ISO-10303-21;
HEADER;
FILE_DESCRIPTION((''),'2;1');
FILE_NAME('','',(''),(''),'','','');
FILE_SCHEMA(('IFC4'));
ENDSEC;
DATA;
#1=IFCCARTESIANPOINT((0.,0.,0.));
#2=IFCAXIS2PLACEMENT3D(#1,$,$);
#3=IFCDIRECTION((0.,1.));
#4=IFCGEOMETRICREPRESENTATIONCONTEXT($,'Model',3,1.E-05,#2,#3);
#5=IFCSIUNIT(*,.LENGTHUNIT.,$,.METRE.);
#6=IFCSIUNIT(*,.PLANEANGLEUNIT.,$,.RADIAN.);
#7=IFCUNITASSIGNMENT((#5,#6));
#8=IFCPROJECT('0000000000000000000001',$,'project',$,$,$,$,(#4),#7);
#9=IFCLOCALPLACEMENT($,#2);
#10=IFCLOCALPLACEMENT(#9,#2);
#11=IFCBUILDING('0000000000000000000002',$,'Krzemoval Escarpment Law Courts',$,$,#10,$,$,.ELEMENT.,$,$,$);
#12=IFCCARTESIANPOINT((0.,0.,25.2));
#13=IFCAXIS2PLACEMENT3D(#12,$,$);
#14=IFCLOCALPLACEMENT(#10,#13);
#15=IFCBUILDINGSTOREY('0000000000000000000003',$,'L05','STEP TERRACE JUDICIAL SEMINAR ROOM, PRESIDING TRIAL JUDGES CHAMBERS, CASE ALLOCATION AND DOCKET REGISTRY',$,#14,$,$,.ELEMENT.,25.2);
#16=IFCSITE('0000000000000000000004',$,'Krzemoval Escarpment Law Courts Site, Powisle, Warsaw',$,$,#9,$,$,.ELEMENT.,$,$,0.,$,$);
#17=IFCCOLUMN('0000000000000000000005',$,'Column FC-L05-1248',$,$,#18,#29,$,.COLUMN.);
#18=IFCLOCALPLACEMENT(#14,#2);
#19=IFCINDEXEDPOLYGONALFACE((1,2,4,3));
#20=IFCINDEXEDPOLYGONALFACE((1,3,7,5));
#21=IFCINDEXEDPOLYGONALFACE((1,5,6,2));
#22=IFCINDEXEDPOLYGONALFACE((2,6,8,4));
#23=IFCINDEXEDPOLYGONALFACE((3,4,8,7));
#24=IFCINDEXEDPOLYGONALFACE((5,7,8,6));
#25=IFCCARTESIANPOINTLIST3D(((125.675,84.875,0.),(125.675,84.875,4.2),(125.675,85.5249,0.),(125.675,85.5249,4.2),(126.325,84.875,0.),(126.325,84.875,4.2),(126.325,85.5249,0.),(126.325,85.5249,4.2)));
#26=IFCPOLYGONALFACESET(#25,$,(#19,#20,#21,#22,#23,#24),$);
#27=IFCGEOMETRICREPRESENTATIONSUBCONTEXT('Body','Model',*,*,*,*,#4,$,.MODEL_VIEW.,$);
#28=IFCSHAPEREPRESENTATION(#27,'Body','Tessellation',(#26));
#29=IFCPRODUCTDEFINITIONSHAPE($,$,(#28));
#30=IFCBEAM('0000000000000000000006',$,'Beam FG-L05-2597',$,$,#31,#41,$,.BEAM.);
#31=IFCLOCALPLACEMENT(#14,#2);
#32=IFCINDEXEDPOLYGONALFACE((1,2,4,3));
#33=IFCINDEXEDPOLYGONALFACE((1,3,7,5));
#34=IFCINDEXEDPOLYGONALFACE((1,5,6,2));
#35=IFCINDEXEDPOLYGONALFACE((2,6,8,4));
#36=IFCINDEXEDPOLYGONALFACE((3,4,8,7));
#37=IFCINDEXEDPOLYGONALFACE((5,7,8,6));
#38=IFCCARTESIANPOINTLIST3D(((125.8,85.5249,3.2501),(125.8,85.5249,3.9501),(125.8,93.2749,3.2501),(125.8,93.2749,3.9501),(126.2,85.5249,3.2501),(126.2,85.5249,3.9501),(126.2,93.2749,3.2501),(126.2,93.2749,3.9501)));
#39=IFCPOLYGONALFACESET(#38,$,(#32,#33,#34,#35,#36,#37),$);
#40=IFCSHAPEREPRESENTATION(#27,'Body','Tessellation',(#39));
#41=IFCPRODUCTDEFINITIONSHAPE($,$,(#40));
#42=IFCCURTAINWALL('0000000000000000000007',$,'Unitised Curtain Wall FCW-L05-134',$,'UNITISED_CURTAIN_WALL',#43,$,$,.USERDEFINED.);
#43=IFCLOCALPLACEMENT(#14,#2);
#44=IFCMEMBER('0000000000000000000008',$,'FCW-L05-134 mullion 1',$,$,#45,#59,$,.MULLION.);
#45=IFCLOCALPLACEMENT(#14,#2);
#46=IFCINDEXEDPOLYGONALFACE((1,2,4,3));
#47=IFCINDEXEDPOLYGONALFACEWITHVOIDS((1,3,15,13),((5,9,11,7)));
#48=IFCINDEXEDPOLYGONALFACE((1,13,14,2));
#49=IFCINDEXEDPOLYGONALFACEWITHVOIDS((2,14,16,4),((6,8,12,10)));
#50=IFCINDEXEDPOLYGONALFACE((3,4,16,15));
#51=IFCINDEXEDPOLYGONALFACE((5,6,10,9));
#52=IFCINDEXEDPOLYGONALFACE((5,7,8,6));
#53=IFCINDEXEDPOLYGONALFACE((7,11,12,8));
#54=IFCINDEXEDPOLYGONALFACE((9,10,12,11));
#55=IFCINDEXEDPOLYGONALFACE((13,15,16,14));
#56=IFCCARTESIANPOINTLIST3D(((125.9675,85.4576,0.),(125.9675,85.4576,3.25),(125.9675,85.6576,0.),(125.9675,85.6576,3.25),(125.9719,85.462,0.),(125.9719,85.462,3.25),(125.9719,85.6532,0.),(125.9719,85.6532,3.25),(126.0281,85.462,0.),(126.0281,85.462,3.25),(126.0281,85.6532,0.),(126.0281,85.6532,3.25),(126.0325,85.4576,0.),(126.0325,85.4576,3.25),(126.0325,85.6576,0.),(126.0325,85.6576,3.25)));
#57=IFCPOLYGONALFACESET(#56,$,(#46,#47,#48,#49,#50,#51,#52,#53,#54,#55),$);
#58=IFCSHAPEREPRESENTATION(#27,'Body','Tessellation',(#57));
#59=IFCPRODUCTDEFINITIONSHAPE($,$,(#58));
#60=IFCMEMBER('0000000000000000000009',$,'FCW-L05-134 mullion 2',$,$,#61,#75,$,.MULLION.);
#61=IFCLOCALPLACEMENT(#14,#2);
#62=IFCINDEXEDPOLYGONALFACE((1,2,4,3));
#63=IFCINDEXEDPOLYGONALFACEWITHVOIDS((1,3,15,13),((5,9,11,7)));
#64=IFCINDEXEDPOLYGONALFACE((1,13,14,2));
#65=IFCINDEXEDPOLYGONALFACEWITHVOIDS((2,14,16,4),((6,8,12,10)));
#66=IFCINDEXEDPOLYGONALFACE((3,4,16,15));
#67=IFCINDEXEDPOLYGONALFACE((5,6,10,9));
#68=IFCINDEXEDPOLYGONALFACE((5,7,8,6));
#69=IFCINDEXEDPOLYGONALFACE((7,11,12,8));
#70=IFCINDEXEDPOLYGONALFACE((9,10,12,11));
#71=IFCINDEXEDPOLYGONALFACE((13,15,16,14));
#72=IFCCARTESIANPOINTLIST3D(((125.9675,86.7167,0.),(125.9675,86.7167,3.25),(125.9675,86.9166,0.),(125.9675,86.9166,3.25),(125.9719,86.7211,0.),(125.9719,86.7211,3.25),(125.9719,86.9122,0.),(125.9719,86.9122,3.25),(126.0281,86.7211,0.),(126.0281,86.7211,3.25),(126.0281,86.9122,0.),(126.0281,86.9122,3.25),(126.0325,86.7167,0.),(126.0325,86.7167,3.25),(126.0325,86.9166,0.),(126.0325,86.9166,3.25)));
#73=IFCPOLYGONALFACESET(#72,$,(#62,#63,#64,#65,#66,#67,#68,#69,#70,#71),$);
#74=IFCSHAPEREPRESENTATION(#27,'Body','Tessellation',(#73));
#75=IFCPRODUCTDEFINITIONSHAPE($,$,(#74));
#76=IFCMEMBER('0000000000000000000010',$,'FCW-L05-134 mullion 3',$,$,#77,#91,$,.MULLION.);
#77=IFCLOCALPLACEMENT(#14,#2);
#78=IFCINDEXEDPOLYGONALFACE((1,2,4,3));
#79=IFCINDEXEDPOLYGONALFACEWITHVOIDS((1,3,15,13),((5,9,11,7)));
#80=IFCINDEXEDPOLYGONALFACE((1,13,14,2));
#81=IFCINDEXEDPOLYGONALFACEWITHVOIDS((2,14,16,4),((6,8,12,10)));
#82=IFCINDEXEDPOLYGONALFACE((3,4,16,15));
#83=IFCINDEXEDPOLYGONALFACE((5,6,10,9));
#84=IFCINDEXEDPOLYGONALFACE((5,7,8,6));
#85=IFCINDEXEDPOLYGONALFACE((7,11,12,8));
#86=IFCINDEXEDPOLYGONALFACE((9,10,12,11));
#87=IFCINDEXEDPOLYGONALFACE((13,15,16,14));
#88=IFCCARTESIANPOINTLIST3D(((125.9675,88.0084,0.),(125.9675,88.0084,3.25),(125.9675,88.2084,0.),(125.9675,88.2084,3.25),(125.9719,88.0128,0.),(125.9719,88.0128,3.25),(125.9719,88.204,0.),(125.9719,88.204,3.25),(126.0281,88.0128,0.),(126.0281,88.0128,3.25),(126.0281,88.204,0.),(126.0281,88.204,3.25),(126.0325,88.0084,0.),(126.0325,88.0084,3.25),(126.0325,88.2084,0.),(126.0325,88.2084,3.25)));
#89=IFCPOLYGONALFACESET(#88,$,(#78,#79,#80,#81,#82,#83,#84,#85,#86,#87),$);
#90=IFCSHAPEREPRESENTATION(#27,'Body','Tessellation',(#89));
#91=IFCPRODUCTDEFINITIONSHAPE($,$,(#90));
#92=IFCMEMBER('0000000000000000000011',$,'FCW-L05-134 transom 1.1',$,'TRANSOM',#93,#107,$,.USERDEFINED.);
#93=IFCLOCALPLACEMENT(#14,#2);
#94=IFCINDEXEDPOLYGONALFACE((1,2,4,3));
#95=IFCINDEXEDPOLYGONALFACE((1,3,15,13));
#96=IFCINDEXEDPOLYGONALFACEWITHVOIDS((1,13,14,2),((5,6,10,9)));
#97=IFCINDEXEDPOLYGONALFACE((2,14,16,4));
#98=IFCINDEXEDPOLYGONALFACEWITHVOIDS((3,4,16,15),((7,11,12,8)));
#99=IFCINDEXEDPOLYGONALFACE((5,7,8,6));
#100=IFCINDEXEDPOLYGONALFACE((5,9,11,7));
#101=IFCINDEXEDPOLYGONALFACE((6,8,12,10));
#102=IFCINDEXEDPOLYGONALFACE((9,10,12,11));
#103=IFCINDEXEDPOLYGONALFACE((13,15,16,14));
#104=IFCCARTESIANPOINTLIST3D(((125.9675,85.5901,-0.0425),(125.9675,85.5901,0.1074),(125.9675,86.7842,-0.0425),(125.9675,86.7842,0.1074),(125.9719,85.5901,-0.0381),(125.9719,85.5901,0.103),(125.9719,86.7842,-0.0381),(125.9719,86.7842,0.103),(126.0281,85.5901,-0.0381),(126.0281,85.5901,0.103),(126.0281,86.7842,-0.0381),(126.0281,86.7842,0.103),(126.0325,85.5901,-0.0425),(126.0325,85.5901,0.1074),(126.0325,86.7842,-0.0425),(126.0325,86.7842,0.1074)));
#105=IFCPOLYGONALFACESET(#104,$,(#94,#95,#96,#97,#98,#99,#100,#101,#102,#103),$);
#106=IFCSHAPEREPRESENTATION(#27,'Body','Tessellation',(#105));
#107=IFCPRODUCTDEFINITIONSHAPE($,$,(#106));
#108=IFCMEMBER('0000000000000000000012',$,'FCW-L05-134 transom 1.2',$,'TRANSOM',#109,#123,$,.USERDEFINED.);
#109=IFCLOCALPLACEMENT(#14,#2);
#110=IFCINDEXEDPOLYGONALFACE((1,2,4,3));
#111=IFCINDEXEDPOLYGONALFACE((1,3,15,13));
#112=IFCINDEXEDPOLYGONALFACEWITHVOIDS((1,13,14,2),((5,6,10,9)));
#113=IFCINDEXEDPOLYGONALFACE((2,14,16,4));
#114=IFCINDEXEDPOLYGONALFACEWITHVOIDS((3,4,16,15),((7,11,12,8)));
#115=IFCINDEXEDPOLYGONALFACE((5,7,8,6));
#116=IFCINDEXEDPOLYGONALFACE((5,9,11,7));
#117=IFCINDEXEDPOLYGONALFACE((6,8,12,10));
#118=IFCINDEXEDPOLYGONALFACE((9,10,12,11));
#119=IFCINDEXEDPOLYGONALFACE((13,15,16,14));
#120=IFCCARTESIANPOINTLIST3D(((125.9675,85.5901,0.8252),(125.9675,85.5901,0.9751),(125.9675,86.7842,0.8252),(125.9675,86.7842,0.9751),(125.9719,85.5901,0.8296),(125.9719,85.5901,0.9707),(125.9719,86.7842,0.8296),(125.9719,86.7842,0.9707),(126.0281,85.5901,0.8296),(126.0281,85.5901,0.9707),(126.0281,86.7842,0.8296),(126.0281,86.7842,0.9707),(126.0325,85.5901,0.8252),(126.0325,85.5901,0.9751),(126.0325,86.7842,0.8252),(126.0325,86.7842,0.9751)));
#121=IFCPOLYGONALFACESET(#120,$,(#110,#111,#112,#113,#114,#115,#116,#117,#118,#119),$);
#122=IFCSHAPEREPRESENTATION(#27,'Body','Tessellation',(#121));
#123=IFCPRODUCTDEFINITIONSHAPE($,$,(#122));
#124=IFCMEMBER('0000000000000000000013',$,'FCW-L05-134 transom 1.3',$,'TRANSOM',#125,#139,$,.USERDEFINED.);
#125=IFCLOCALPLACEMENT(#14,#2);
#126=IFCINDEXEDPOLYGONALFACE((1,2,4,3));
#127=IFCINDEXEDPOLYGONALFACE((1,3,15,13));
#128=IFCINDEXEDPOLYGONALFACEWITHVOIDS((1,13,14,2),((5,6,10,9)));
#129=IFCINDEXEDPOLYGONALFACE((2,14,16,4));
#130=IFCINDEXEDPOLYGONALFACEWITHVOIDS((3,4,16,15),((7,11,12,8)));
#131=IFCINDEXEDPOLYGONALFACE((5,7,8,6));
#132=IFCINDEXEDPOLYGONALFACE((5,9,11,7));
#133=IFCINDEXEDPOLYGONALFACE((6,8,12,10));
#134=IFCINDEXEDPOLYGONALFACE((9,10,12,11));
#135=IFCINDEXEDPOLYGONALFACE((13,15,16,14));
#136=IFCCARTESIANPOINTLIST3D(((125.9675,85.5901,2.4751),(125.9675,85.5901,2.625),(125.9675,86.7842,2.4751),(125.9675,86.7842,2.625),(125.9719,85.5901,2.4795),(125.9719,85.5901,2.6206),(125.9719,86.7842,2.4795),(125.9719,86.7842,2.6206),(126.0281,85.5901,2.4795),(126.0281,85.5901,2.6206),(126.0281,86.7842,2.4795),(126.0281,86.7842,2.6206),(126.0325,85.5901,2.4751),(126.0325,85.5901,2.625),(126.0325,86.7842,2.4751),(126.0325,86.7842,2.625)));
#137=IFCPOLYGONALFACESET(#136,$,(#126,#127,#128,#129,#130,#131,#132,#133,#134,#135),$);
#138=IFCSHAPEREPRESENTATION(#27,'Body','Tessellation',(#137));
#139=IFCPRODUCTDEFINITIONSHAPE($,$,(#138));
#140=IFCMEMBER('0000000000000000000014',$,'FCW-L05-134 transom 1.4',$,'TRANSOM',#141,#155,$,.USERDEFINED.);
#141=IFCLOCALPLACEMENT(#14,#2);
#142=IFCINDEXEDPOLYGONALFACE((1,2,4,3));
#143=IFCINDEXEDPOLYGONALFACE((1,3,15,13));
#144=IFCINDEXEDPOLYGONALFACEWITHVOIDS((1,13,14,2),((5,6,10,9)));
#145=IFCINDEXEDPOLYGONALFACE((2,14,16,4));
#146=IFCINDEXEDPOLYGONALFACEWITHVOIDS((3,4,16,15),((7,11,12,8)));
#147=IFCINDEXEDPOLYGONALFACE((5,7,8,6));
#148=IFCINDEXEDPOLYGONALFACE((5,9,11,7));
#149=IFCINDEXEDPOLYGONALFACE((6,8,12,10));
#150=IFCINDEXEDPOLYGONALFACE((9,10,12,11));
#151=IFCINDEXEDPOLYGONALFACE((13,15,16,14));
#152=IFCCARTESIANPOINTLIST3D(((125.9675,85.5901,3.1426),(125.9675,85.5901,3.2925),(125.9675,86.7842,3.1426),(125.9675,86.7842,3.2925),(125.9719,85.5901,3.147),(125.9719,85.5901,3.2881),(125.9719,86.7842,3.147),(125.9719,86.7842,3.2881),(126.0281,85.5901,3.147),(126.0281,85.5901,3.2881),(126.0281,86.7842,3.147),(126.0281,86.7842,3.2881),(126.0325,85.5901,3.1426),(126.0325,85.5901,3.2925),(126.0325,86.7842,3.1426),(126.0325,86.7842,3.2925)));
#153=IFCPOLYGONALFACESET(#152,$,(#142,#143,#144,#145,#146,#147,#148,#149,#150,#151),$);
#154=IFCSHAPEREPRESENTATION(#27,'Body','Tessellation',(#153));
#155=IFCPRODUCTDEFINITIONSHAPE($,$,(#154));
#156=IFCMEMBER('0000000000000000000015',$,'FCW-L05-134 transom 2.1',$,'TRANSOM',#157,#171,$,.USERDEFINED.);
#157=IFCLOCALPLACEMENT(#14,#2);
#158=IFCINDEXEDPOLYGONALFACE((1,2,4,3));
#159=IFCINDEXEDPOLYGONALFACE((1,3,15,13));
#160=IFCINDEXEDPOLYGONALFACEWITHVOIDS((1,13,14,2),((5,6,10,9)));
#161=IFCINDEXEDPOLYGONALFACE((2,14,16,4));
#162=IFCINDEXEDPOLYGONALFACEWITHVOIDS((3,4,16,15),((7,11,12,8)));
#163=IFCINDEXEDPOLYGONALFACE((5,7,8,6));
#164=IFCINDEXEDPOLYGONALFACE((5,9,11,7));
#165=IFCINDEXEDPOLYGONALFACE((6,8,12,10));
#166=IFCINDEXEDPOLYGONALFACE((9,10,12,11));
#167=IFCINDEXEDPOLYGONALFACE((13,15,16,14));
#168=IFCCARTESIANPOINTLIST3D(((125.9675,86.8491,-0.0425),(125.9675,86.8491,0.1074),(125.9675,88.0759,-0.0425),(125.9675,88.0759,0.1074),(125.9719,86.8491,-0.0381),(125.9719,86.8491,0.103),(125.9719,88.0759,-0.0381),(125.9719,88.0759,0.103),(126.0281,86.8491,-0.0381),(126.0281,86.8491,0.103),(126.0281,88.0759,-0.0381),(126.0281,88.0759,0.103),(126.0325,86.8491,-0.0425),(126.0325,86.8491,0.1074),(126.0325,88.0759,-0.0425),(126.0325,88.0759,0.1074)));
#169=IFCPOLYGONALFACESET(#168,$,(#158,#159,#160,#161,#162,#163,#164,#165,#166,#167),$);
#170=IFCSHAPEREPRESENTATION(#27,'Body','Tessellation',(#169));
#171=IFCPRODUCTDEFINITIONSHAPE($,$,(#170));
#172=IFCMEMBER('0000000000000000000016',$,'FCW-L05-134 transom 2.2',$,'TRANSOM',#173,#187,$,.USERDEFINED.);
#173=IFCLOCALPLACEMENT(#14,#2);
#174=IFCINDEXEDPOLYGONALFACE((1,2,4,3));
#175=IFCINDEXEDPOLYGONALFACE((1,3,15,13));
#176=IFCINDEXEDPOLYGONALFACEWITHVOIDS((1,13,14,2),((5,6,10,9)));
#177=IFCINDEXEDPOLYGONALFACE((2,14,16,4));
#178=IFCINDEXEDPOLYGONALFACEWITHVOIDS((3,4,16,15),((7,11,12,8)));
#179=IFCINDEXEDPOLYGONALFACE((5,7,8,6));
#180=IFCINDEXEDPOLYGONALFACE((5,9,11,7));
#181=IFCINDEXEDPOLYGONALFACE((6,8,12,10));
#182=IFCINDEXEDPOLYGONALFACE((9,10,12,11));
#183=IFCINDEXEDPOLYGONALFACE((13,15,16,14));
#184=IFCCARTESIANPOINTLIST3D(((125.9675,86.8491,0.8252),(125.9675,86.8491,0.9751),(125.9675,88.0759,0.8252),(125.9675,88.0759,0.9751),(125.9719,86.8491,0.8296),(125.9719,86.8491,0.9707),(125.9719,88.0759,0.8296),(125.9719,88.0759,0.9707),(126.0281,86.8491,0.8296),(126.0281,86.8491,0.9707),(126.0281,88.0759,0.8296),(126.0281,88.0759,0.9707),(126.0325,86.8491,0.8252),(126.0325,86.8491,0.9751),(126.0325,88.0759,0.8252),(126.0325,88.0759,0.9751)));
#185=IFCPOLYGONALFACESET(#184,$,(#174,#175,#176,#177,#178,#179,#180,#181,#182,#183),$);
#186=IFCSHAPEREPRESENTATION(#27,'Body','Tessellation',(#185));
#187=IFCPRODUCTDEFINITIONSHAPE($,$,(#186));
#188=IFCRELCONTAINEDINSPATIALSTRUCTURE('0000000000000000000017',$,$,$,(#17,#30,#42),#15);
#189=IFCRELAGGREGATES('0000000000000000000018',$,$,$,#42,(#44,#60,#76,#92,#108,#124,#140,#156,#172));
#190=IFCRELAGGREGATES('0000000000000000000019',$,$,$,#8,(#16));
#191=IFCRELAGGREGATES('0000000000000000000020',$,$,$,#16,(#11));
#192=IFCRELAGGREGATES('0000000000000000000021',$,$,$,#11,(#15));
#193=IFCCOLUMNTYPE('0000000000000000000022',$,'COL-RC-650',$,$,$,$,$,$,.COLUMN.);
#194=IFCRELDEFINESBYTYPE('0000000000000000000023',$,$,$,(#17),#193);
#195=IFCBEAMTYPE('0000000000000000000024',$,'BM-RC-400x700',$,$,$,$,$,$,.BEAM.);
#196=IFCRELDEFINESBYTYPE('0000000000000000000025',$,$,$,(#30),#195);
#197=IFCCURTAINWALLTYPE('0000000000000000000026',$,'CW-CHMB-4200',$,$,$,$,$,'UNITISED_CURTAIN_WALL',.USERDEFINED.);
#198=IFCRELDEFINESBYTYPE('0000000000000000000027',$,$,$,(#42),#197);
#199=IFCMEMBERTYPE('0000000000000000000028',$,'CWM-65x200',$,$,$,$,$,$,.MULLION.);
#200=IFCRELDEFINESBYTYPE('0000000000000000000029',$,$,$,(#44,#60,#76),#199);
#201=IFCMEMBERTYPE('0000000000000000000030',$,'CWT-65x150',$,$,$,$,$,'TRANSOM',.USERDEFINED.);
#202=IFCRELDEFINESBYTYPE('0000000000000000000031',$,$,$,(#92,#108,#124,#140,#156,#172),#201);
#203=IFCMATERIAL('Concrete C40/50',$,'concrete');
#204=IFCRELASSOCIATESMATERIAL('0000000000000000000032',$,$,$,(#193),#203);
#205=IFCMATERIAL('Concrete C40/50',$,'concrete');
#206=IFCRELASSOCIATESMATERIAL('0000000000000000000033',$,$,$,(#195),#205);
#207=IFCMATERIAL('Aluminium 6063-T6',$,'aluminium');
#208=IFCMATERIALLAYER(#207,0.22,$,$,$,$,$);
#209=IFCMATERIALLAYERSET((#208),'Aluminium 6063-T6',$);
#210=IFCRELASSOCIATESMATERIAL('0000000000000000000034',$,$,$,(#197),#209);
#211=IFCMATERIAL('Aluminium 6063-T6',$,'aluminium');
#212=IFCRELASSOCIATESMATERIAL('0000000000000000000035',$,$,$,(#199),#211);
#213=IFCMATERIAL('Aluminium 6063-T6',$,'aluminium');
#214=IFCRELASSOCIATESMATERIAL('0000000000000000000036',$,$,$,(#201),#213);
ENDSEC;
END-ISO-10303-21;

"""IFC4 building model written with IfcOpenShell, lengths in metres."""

from ifc_helpers import new_model, si_unit, direction, frame, origin, origin_2d, place, context, subcontext, project, spatial, rectangle, hollow_rectangle, extrude, material, layer, layer_set, material_profile, profile_set, type_object, element, aggregate, save


model = new_model("IFC4")

# Units and contexts
model_context = context("Model", 3, precision=1e-05, world=origin(), true_north=direction((0.0, 1.0)))
body_context = subcontext(model_context, "Body", "Model", "MODEL_VIEW")
ifc_project = project(units=[si_unit("LENGTHUNIT", "METRE"), si_unit("PLANEANGLEUNIT", "RADIAN")], contexts=[model_context])

# Site, building, storey
site_placement = place(None, origin())
site = spatial("IfcSite", under=ifc_project, at=site_placement, Name="Krzemoval Escarpment Law Courts Site, Powisle, Warsaw", CompositionType="ELEMENT", RefElevation=0.0)
building_placement = place(site_placement, origin())
building = spatial("IfcBuilding", under=site, at=building_placement, Name="Krzemoval Escarpment Law Courts", CompositionType="ELEMENT")
storey_placement = place(building_placement, frame((0.0, 0.0, 25.2)))
storey = spatial("IfcBuildingStorey", under=building, at=storey_placement, Name="L05", Description="STEP TERRACE JUDICIAL SEMINAR ROOM, PRESIDING TRIAL JUDGES CHAMBERS, CASE ALLOCATION AND DOCKET REGISTRY", CompositionType="ELEMENT", Elevation=25.2)

# Column
ifc_material_1 = material(Name="Concrete C40/50", Category="concrete")
ifc_material_profile_1 = material_profile(ifc_material_1, rectangle(XDim=0.6499, YDim=0.6499, at=origin_2d()), Name="RC 650x650")
ifc_profile_set_1 = profile_set([ifc_material_profile_1], Name="Concrete C40/50")
column_type = type_object("IfcColumnType", Name="COL-RC-650", PredefinedType="COLUMN", material=ifc_profile_set_1)
column_placement = place(storey_placement, frame((126.0, 85.2, 0.0), z_axis=(0.0, 0.0, 1.0), x_axis=(1.0, 0.0, 0.0)))
element("IfcColumn", 1, at=column_placement, inside=storey, type_object=column_type, Name="Column FC-L05-1248", PredefinedType="COLUMN", context=body_context, shape_type="SweptSolid", body=[
    extrude(rectangle(XDim=0.6499, YDim=0.6499, at=origin_2d()), origin(), (0.0, 0.0, 1.0), 4.2),
])

# Beam
ifc_material_2 = material(Name="Concrete C40/50", Category="concrete")
ifc_material_profile_2 = material_profile(ifc_material_2, rectangle(XDim=0.3999, YDim=0.7, at=origin_2d()), Name="RCB 400x700")
ifc_profile_set_2 = profile_set([ifc_material_profile_2], Name="Concrete C40/50")
beam_type = type_object("IfcBeamType", Name="BM-RC-400x700", PredefinedType="BEAM", material=ifc_profile_set_2)
beam_placement = place(storey_placement, frame((126.0, 85.5249, 3.6001), z_axis=(0.0, 1.0, 0.0), x_axis=(-1.0, 0.0, 0.0)))
element("IfcBeam", 2, at=beam_placement, inside=storey, type_object=beam_type, Name="Beam FG-L05-2597", PredefinedType="BEAM", context=body_context, shape_type="SweptSolid", body=[
    extrude(rectangle(XDim=0.3999, YDim=0.7, at=origin_2d()), origin(), (0.0, 0.0, 1.0), 7.75),
])

# Curtain wall, members
ifc_material_3 = material(Name="Aluminium 6063-T6", Category="aluminium")
ifc_layer_1 = layer(ifc_material_3, 0.22)
ifc_layer_set_1 = layer_set([ifc_layer_1], Name="Aluminium 6063-T6")
curtain_wall_type = type_object("IfcCurtainWallType", Name="CW-CHMB-4200", ElementType="UNITISED_CURTAIN_WALL", PredefinedType="USERDEFINED", material=ifc_layer_set_1)
curtain_wall_placement = place(storey_placement, origin())
curtain_wall = element("IfcCurtainWall", 3, at=curtain_wall_placement, inside=storey, type_object=curtain_wall_type, Name="Unitised Curtain Wall FCW-L05-134", ObjectType="UNITISED_CURTAIN_WALL", PredefinedType="USERDEFINED")
ifc_material_4 = material(Name="Aluminium 6063-T6", Category="aluminium")
ifc_material_profile_3 = material_profile(ifc_material_4, hollow_rectangle(XDim=0.0649, YDim=0.2, WallThickness=0.0044, at=origin_2d()), Name="ALU M65x200")
ifc_profile_set_3 = profile_set([ifc_material_profile_3], Name="Aluminium 6063-T6")
member_type_1 = type_object("IfcMemberType", Name="CWM-65x200", PredefinedType="MULLION", material=ifc_profile_set_3)
member_1_placement = place(storey_placement, frame((126.0, 85.5576, 0.0), z_axis=(0.0, 0.0, 1.0), x_axis=(-1.0, 0.0, 0.0)))
member_1 = element("IfcMember", 4, at=member_1_placement, type_object=member_type_1, Name="FCW-L05-134 mullion 1", PredefinedType="MULLION", context=body_context, shape_type="SweptSolid", body=[
    extrude(hollow_rectangle(XDim=0.0649, YDim=0.2, WallThickness=0.0044, at=origin_2d()), origin(), (0.0, 0.0, 1.0), 3.25),
])
member_2_placement = place(storey_placement, frame((126.0, 86.8167, 0.0), z_axis=(0.0, 0.0, 1.0), x_axis=(-1.0, 0.0, 0.0)))
member_2 = element("IfcMember", 5, at=member_2_placement, type_object=member_type_1, Name="FCW-L05-134 mullion 2", PredefinedType="MULLION", context=body_context, shape_type="SweptSolid", body=[
    extrude(hollow_rectangle(XDim=0.0649, YDim=0.2, WallThickness=0.0044, at=origin_2d()), origin(), (0.0, 0.0, 1.0), 3.25),
])
member_3_placement = place(storey_placement, frame((126.0, 88.1084, 0.0), z_axis=(0.0, 0.0, 1.0), x_axis=(-1.0, 0.0, 0.0)))
member_3 = element("IfcMember", 6, at=member_3_placement, type_object=member_type_1, Name="FCW-L05-134 mullion 3", PredefinedType="MULLION", context=body_context, shape_type="SweptSolid", body=[
    extrude(hollow_rectangle(XDim=0.0649, YDim=0.2, WallThickness=0.0044, at=origin_2d()), origin(), (0.0, 0.0, 1.0), 3.25),
])
ifc_material_5 = material(Name="Aluminium 6063-T6", Category="aluminium")
ifc_material_profile_4 = material_profile(ifc_material_5, hollow_rectangle(XDim=0.0649, YDim=0.1499, WallThickness=0.0044, at=origin_2d()), Name="ALU T65x150")
ifc_profile_set_4 = profile_set([ifc_material_profile_4], Name="Aluminium 6063-T6")
member_type_2 = type_object("IfcMemberType", Name="CWT-65x150", ElementType="TRANSOM", PredefinedType="USERDEFINED", material=ifc_profile_set_4)
member_4_placement = place(storey_placement, frame((126.0, 85.5901, 0.0325), z_axis=(0.0, 1.0, 0.0), x_axis=(-1.0, 0.0, 0.0)))
member_4 = element("IfcMember", 7, at=member_4_placement, type_object=member_type_2, Name="FCW-L05-134 transom 1.1", ObjectType="TRANSOM", PredefinedType="USERDEFINED", context=body_context, shape_type="SweptSolid", body=[
    extrude(hollow_rectangle(XDim=0.0649, YDim=0.1499, WallThickness=0.0044, at=origin_2d()), origin(), (0.0, 0.0, 1.0), 1.1941),
])
member_5_placement = place(storey_placement, frame((126.0, 85.5901, 0.9001), z_axis=(0.0, 1.0, 0.0), x_axis=(-1.0, 0.0, 0.0)))
member_5 = element("IfcMember", 8, at=member_5_placement, type_object=member_type_2, Name="FCW-L05-134 transom 1.2", ObjectType="TRANSOM", PredefinedType="USERDEFINED", context=body_context, shape_type="SweptSolid", body=[
    extrude(hollow_rectangle(XDim=0.0649, YDim=0.1499, WallThickness=0.0044, at=origin_2d()), origin(), (0.0, 0.0, 1.0), 1.1941),
])
member_6_placement = place(storey_placement, frame((126.0, 85.5901, 2.55), z_axis=(0.0, 1.0, 0.0), x_axis=(-1.0, 0.0, 0.0)))
member_6 = element("IfcMember", 9, at=member_6_placement, type_object=member_type_2, Name="FCW-L05-134 transom 1.3", ObjectType="TRANSOM", PredefinedType="USERDEFINED", context=body_context, shape_type="SweptSolid", body=[
    extrude(hollow_rectangle(XDim=0.0649, YDim=0.1499, WallThickness=0.0044, at=origin_2d()), origin(), (0.0, 0.0, 1.0), 1.1941),
])
member_7_placement = place(storey_placement, frame((126.0, 85.5901, 3.2175), z_axis=(0.0, 1.0, 0.0), x_axis=(-1.0, 0.0, 0.0)))
member_7 = element("IfcMember", 10, at=member_7_placement, type_object=member_type_2, Name="FCW-L05-134 transom 1.4", ObjectType="TRANSOM", PredefinedType="USERDEFINED", context=body_context, shape_type="SweptSolid", body=[
    extrude(hollow_rectangle(XDim=0.0649, YDim=0.1499, WallThickness=0.0044, at=origin_2d()), origin(), (0.0, 0.0, 1.0), 1.1941),
])
member_8_placement = place(storey_placement, frame((126.0, 86.8491, 0.0325), z_axis=(0.0, 1.0, 0.0), x_axis=(-1.0, 0.0, 0.0)))
member_8 = element("IfcMember", 11, at=member_8_placement, type_object=member_type_2, Name="FCW-L05-134 transom 2.1", ObjectType="TRANSOM", PredefinedType="USERDEFINED", context=body_context, shape_type="SweptSolid", body=[
    extrude(hollow_rectangle(XDim=0.0649, YDim=0.1499, WallThickness=0.0044, at=origin_2d()), origin(), (0.0, 0.0, 1.0), 1.2268),
])
member_9_placement = place(storey_placement, frame((126.0, 86.8491, 0.9001), z_axis=(0.0, 1.0, 0.0), x_axis=(-1.0, 0.0, 0.0)))
member_9 = element("IfcMember", 12, at=member_9_placement, type_object=member_type_2, Name="FCW-L05-134 transom 2.2", ObjectType="TRANSOM", PredefinedType="USERDEFINED", context=body_context, shape_type="SweptSolid", body=[
    extrude(hollow_rectangle(XDim=0.0649, YDim=0.1499, WallThickness=0.0044, at=origin_2d()), origin(), (0.0, 0.0, 1.0), 1.2268),
])
aggregate(curtain_wall, [member_1, member_2, member_3, member_4, member_5, member_6, member_7, member_8, member_9])

save(model, "model.ifc")
